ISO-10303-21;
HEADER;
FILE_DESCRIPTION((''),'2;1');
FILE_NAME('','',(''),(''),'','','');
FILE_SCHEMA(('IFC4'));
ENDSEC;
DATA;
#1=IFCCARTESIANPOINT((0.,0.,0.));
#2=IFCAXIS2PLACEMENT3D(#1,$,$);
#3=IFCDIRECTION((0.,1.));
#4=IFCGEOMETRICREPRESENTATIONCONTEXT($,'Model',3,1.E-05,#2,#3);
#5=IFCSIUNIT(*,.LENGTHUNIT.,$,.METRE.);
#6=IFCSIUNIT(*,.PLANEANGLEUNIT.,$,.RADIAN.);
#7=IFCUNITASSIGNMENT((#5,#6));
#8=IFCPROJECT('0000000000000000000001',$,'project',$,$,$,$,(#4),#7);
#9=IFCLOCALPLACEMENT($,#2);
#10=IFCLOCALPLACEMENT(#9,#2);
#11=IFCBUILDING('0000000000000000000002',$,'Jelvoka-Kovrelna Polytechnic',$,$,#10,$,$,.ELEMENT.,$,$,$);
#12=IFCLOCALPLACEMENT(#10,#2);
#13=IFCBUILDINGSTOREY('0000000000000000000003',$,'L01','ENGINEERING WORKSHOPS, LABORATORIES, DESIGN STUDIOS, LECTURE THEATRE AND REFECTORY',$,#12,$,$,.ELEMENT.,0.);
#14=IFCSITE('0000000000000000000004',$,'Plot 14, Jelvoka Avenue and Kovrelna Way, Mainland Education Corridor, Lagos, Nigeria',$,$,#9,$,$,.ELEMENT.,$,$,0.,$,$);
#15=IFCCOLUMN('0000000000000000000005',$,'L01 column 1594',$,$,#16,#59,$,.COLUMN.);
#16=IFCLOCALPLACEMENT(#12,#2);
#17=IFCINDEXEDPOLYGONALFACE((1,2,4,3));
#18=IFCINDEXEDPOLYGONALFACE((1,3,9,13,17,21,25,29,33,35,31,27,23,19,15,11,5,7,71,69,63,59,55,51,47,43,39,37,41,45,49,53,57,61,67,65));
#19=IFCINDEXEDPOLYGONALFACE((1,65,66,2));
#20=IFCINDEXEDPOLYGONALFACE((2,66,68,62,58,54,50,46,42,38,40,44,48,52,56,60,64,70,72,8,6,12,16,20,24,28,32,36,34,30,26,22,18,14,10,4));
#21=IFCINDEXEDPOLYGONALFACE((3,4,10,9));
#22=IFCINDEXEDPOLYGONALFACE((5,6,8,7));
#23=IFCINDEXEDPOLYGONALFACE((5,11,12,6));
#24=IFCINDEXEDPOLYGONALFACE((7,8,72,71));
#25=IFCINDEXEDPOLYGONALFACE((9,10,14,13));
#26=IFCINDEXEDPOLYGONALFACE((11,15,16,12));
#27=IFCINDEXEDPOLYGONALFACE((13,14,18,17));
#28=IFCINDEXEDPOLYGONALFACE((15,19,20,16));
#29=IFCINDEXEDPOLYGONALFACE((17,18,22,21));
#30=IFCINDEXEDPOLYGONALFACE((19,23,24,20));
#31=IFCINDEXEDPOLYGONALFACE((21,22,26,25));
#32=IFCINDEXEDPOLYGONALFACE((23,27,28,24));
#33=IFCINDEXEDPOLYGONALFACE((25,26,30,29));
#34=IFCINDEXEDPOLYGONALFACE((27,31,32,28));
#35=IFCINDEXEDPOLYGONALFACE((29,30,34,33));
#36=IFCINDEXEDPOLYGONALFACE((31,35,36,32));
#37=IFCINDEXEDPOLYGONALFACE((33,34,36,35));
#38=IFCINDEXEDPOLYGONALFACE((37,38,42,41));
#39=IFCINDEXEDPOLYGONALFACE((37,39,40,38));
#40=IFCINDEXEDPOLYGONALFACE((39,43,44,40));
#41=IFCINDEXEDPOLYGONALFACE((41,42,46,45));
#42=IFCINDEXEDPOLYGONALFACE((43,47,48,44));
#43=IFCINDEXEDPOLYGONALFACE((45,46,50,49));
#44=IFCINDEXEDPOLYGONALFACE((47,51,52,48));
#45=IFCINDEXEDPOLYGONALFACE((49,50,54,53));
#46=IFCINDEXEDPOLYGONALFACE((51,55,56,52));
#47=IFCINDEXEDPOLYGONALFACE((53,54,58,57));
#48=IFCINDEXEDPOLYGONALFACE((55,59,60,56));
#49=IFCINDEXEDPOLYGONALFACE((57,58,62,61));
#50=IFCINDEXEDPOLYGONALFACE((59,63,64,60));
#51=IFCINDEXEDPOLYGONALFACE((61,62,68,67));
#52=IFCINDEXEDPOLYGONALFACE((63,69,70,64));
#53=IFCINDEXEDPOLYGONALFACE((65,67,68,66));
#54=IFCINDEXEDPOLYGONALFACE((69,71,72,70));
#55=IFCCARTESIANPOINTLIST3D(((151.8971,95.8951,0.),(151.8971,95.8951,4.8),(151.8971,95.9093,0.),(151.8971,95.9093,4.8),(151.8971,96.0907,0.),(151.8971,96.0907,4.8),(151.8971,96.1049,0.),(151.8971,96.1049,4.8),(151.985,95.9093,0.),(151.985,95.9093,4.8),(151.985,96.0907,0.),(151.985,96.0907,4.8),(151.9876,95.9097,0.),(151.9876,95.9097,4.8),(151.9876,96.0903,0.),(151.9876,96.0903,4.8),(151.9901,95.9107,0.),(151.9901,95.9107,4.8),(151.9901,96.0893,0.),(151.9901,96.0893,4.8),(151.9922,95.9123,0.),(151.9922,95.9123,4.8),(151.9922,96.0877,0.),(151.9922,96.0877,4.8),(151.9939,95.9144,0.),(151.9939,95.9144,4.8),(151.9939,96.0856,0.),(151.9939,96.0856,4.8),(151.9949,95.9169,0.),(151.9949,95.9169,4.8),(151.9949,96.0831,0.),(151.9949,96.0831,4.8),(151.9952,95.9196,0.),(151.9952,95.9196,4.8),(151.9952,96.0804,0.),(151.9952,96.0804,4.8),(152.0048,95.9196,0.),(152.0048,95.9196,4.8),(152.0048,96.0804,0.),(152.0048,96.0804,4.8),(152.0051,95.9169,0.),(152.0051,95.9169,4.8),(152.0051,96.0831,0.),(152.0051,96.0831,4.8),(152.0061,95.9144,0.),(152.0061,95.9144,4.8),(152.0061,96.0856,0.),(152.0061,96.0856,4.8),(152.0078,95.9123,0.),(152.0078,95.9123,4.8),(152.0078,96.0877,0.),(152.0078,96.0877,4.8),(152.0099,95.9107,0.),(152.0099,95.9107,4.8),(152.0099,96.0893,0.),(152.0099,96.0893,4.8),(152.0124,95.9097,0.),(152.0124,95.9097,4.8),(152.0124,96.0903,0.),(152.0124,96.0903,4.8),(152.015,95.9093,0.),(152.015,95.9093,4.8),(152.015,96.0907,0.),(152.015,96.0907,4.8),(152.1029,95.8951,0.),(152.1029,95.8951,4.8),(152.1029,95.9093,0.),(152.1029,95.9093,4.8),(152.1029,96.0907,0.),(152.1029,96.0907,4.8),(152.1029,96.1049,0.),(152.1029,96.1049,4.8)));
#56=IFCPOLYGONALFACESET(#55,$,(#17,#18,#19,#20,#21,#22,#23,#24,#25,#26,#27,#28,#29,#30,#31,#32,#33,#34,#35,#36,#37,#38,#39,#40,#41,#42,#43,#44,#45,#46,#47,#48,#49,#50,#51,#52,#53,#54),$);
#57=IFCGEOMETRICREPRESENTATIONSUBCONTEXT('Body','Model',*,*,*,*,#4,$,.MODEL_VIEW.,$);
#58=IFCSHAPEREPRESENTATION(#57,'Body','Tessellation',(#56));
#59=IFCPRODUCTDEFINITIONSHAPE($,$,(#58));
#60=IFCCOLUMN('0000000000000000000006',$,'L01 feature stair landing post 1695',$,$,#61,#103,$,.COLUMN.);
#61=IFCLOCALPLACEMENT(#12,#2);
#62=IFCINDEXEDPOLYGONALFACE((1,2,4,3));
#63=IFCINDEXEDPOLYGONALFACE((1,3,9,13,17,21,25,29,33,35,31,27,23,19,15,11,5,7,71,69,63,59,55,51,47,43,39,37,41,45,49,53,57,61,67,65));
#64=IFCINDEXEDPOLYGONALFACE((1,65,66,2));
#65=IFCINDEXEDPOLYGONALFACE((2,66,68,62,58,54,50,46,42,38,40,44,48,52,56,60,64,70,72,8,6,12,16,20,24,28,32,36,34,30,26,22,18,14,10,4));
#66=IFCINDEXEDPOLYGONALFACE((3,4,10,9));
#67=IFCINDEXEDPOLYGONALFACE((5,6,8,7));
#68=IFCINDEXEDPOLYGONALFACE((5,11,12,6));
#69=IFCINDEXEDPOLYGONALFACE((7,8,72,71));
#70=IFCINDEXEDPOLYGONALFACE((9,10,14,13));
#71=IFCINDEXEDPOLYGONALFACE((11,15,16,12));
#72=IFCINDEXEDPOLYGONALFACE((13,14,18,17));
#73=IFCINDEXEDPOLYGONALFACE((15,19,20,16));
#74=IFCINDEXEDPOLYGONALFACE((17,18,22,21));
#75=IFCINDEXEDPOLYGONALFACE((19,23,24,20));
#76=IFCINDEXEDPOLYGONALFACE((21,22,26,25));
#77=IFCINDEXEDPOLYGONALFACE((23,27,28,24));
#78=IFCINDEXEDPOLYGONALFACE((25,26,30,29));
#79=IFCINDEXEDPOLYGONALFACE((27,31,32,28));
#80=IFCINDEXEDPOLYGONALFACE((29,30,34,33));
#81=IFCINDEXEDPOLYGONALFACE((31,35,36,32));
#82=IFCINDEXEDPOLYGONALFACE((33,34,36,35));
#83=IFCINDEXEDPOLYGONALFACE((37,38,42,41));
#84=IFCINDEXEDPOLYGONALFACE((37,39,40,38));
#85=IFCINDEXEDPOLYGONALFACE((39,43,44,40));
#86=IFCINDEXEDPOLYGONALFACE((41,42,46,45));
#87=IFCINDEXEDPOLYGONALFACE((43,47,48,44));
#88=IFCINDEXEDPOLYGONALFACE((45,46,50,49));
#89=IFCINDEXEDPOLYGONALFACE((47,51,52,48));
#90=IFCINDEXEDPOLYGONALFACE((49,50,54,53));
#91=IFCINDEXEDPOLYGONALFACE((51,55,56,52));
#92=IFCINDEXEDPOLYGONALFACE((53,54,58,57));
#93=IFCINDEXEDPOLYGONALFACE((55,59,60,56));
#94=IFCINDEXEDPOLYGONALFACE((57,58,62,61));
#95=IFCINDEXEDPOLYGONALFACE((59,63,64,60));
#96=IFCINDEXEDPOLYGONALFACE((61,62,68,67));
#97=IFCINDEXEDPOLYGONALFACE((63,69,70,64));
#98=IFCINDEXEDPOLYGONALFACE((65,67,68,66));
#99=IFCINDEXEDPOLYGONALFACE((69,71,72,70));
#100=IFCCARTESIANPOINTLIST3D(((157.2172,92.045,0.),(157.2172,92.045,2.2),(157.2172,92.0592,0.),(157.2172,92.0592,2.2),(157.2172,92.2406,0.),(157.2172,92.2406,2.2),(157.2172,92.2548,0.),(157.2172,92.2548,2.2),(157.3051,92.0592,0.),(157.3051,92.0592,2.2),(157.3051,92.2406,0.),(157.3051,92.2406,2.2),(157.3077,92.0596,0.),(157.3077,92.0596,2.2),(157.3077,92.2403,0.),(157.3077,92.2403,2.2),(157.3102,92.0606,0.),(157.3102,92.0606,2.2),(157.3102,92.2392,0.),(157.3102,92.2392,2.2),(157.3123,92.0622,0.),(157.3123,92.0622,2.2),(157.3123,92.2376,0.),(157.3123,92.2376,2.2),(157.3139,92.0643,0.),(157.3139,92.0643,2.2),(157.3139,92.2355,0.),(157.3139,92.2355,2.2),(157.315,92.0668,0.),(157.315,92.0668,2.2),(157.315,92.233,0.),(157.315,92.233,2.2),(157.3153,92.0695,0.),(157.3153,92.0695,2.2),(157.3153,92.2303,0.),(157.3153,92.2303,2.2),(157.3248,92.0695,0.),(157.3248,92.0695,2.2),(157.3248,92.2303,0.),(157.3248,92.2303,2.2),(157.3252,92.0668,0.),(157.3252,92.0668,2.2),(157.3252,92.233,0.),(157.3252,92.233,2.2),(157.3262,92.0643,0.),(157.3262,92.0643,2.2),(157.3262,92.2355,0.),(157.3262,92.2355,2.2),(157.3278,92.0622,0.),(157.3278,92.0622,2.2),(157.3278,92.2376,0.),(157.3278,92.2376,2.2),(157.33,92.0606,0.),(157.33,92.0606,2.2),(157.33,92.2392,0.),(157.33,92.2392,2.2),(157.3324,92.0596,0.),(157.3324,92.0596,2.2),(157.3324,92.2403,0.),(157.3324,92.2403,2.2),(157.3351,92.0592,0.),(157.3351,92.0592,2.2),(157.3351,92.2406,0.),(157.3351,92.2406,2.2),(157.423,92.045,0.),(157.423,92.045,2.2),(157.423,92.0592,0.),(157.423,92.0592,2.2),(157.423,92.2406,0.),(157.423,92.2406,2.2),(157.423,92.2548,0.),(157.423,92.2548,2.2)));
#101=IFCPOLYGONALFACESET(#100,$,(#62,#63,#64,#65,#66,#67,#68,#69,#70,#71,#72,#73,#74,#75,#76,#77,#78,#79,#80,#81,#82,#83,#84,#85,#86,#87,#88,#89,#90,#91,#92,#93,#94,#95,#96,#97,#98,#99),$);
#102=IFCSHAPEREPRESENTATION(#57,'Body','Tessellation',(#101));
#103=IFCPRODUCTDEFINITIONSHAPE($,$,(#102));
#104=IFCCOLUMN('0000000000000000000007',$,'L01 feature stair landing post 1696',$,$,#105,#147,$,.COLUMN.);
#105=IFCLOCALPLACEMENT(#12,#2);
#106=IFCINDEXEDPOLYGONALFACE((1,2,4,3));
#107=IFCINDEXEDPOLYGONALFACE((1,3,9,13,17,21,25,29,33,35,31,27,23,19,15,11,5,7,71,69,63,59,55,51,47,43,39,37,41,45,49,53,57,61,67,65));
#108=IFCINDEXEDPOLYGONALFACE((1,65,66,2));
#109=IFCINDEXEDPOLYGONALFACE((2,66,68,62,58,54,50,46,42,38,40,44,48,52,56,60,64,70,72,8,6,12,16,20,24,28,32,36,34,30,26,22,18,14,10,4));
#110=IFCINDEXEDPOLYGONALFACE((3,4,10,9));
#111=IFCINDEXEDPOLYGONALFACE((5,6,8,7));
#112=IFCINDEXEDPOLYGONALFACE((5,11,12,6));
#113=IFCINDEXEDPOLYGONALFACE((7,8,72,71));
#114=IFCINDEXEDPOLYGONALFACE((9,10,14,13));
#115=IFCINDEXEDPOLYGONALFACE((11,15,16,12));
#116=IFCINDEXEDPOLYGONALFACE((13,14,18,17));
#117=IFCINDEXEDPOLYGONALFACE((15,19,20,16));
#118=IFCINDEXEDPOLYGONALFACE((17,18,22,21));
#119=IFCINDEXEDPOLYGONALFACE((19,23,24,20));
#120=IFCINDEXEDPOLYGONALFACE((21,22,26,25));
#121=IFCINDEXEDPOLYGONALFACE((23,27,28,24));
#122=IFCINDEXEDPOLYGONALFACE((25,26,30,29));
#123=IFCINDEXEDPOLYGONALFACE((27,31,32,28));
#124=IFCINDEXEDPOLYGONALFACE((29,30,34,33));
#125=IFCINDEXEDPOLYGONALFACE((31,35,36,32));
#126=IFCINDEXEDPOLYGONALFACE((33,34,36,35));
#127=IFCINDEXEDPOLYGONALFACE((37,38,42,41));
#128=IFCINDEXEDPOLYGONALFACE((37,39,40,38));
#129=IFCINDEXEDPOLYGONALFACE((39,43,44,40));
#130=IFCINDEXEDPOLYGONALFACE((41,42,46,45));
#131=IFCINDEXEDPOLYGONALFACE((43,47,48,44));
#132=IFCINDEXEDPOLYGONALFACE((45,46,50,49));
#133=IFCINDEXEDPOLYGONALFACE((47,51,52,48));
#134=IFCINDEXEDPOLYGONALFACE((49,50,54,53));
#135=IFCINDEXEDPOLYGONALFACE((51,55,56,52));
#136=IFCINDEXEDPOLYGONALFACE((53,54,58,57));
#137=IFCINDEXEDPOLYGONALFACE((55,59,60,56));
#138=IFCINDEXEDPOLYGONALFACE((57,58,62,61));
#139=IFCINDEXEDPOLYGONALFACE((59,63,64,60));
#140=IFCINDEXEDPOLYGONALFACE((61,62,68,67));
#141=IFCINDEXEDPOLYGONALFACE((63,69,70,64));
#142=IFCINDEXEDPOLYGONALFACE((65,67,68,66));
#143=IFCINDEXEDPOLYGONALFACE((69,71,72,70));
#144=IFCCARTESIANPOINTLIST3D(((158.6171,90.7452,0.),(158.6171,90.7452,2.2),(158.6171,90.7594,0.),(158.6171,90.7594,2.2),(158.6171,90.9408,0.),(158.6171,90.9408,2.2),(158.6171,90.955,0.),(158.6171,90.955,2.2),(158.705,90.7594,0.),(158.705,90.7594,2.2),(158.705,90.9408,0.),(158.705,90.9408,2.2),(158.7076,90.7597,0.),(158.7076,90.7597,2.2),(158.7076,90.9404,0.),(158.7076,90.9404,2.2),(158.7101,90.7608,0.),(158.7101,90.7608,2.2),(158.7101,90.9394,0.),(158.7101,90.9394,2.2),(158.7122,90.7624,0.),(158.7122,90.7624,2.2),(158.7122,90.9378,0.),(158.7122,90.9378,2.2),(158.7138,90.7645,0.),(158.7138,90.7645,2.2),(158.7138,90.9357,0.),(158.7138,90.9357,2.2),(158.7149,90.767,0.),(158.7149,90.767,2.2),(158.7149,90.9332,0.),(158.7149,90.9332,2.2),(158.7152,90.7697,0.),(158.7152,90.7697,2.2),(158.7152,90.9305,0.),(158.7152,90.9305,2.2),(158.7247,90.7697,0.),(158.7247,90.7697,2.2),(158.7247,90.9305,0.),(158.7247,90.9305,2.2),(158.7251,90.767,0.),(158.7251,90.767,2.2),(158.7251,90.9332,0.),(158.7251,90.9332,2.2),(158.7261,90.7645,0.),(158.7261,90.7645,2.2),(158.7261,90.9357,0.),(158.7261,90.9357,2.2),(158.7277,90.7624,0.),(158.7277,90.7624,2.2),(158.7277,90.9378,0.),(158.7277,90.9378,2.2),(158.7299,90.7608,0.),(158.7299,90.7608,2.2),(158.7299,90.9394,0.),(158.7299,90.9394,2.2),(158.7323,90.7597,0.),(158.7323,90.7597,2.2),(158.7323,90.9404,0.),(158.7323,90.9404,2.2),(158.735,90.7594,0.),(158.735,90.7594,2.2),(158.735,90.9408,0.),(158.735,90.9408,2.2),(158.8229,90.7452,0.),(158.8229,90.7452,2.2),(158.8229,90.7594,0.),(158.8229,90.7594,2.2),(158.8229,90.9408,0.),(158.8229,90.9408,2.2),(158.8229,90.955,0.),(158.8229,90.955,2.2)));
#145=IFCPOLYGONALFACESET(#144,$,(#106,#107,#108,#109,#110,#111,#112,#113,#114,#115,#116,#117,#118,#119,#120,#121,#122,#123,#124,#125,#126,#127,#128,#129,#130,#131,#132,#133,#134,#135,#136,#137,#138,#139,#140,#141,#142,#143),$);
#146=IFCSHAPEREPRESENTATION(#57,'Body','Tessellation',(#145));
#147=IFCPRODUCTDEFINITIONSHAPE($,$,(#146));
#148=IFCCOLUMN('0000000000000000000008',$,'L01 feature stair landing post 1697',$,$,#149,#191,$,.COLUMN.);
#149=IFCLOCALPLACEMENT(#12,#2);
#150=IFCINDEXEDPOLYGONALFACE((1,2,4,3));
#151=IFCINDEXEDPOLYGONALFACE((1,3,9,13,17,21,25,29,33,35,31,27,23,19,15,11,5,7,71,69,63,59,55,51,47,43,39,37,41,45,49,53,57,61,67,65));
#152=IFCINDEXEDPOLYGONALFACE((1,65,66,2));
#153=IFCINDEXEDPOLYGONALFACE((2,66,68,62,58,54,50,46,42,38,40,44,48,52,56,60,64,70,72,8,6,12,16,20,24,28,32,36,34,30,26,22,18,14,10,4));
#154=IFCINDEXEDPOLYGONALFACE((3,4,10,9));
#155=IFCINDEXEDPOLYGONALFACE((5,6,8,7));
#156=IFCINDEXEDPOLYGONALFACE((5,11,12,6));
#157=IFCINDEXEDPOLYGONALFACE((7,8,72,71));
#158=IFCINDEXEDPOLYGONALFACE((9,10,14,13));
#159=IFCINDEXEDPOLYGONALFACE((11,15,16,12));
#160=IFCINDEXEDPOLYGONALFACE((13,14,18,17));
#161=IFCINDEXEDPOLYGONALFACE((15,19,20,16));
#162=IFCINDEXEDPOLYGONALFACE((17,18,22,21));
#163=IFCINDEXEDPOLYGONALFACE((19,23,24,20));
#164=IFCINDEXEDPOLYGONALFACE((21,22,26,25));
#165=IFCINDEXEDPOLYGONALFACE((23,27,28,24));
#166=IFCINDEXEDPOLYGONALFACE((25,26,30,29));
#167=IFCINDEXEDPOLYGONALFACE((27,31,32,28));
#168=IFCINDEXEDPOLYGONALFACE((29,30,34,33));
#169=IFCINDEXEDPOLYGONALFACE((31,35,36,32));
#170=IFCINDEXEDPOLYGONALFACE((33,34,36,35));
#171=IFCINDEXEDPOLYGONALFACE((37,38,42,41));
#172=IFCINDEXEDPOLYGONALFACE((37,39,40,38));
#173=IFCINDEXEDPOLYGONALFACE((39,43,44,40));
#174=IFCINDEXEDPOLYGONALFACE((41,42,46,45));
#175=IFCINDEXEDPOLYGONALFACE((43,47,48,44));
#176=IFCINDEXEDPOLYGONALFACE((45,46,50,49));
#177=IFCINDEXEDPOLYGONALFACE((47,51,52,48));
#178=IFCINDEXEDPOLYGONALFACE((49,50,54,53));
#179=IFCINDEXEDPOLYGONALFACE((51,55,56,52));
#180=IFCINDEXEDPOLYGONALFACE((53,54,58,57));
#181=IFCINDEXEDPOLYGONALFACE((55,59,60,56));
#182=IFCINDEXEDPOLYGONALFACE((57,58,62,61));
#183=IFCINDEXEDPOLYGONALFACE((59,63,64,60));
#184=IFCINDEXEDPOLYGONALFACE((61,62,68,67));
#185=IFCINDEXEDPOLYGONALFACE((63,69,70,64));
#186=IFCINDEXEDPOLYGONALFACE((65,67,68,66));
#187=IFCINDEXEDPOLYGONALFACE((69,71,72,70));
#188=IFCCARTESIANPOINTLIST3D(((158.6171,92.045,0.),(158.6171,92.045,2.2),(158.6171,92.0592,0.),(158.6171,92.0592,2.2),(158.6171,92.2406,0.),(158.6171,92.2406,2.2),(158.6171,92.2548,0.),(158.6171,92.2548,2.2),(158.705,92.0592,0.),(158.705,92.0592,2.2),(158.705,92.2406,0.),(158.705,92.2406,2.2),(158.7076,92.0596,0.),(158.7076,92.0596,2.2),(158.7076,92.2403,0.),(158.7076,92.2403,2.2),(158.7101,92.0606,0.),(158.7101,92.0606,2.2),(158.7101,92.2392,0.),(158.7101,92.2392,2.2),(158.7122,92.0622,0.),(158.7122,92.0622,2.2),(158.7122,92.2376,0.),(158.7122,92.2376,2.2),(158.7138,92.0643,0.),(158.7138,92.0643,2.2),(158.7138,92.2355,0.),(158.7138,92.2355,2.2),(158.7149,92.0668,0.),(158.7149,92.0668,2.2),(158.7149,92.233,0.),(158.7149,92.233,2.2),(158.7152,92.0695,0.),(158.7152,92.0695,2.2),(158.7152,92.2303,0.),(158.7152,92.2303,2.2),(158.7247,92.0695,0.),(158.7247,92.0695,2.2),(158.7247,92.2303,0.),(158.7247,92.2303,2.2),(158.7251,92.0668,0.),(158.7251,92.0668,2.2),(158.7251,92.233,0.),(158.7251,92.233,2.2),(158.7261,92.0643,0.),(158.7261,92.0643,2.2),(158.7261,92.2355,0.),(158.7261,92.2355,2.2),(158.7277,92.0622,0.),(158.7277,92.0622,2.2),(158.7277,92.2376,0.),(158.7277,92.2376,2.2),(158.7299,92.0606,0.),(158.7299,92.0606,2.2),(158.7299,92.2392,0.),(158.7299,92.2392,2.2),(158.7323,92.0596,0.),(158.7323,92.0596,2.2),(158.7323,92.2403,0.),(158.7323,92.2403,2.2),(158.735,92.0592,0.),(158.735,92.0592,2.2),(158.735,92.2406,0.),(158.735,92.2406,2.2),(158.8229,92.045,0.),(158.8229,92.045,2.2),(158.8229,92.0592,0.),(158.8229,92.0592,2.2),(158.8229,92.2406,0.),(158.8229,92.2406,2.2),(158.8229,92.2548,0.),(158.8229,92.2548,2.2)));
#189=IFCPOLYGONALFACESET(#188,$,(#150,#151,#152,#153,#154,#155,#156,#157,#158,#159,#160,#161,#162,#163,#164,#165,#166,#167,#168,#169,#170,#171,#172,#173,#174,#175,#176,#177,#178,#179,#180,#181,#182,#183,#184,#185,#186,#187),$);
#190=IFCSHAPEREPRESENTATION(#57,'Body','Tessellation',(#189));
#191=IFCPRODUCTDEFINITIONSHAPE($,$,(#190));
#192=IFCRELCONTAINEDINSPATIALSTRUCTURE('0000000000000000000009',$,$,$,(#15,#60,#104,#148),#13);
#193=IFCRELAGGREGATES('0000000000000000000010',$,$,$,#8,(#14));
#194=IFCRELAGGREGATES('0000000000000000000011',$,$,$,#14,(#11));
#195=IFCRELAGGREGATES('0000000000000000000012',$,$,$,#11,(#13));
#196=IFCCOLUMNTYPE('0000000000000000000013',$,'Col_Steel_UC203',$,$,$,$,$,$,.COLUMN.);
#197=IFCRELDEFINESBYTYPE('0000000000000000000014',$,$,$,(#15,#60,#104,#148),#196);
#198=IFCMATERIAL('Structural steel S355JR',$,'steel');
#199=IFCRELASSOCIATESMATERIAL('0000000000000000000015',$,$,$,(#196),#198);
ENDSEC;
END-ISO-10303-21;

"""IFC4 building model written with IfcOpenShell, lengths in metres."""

from ifc_helpers import new_model, si_unit, direction, frame, origin, origin_2d, place, context, subcontext, project, spatial, i_section, extrude, material, material_profile, profile_set, type_object, element, save


model = new_model("IFC4")

# Units and contexts
model_context = context("Model", 3, precision=1e-05, world=origin(), true_north=direction((0.0, 1.0)))
body_context = subcontext(model_context, "Body", "Model", "MODEL_VIEW")
ifc_project = project(units=[si_unit("LENGTHUNIT", "METRE"), si_unit("PLANEANGLEUNIT", "RADIAN")], contexts=[model_context])

# Site, building, storey
site_placement = place(None, origin())
site = spatial("IfcSite", under=ifc_project, at=site_placement, Name="Plot 14, Jelvoka Avenue and Kovrelna Way, Mainland Education Corridor, Lagos, Nigeria", CompositionType="ELEMENT", RefElevation=0.0)
building_placement = place(site_placement, origin())
building = spatial("IfcBuilding", under=site, at=building_placement, Name="Jelvoka-Kovrelna Polytechnic", CompositionType="ELEMENT")
storey_placement = place(building_placement, origin())
storey = spatial("IfcBuildingStorey", under=building, at=storey_placement, Name="L01", Description="ENGINEERING WORKSHOPS, LABORATORIES, DESIGN STUDIOS, LECTURE THEATRE AND REFECTORY", CompositionType="ELEMENT", Elevation=0.0)

# Columns
ifc_material_1 = material(Name="Structural steel S355JR", Category="steel")
ifc_material_profile_1 = material_profile(ifc_material_1, i_section(OverallWidth=0.2058, OverallDepth=0.2097, WebThickness=0.0095, FlangeThickness=0.0142, FilletRadius=0.0103, at=origin_2d()), Name="203x203x60 UC")
ifc_profile_set_1 = profile_set([ifc_material_profile_1], Name="Structural steel S355JR")
column_type_1 = type_object("IfcColumnType", Name="Col_Steel_UC203", PredefinedType="COLUMN", material=ifc_profile_set_1)
column_placement = place(storey_placement, frame((152.0, 96.0, 0.0), z_axis=(0.0, 0.0, 1.0), x_axis=(1.0, 0.0, 0.0)))
element("IfcColumn", 1, at=column_placement, inside=storey, type_object=column_type_1, Name="L01 column 1594", PredefinedType="COLUMN", context=body_context, shape_type="SweptSolid", body=[
    extrude(i_section(OverallWidth=0.2058, OverallDepth=0.2097, WebThickness=0.0095, FlangeThickness=0.0142, FilletRadius=0.0103, at=origin_2d()), origin(), (0.0, 0.0, 1.0), 4.8),
])
for number, where, z_axis, x_axis, name in (
    (2, (157.3201, 92.1499, 0.0), (0.0, 0.0, 1.0), (1.0, 0.0, 0.0), "L01 feature stair landing post 1695"),
    (3, (158.72, 90.8501, 0.0), (0.0, 0.0, 1.0), (1.0, 0.0, 0.0), "L01 feature stair landing post 1696"),
    (4, (158.72, 92.1499, 0.0), (0.0, 0.0, 1.0), (1.0, 0.0, 0.0), "L01 feature stair landing post 1697"),
):
    element("IfcColumn", number, at=place(storey_placement, frame(where, z_axis=z_axis, x_axis=x_axis)), inside=storey, type_object=column_type_1, Name=name, PredefinedType="COLUMN", context=body_context, shape_type="SweptSolid", body=[
        extrude(i_section(OverallWidth=0.2058, OverallDepth=0.2097, WebThickness=0.0095, FlangeThickness=0.0142, FilletRadius=0.0103, at=origin_2d()), origin(), (0.0, 0.0, 1.0), 2.2),
    ])

save(model, "model.ifc")
